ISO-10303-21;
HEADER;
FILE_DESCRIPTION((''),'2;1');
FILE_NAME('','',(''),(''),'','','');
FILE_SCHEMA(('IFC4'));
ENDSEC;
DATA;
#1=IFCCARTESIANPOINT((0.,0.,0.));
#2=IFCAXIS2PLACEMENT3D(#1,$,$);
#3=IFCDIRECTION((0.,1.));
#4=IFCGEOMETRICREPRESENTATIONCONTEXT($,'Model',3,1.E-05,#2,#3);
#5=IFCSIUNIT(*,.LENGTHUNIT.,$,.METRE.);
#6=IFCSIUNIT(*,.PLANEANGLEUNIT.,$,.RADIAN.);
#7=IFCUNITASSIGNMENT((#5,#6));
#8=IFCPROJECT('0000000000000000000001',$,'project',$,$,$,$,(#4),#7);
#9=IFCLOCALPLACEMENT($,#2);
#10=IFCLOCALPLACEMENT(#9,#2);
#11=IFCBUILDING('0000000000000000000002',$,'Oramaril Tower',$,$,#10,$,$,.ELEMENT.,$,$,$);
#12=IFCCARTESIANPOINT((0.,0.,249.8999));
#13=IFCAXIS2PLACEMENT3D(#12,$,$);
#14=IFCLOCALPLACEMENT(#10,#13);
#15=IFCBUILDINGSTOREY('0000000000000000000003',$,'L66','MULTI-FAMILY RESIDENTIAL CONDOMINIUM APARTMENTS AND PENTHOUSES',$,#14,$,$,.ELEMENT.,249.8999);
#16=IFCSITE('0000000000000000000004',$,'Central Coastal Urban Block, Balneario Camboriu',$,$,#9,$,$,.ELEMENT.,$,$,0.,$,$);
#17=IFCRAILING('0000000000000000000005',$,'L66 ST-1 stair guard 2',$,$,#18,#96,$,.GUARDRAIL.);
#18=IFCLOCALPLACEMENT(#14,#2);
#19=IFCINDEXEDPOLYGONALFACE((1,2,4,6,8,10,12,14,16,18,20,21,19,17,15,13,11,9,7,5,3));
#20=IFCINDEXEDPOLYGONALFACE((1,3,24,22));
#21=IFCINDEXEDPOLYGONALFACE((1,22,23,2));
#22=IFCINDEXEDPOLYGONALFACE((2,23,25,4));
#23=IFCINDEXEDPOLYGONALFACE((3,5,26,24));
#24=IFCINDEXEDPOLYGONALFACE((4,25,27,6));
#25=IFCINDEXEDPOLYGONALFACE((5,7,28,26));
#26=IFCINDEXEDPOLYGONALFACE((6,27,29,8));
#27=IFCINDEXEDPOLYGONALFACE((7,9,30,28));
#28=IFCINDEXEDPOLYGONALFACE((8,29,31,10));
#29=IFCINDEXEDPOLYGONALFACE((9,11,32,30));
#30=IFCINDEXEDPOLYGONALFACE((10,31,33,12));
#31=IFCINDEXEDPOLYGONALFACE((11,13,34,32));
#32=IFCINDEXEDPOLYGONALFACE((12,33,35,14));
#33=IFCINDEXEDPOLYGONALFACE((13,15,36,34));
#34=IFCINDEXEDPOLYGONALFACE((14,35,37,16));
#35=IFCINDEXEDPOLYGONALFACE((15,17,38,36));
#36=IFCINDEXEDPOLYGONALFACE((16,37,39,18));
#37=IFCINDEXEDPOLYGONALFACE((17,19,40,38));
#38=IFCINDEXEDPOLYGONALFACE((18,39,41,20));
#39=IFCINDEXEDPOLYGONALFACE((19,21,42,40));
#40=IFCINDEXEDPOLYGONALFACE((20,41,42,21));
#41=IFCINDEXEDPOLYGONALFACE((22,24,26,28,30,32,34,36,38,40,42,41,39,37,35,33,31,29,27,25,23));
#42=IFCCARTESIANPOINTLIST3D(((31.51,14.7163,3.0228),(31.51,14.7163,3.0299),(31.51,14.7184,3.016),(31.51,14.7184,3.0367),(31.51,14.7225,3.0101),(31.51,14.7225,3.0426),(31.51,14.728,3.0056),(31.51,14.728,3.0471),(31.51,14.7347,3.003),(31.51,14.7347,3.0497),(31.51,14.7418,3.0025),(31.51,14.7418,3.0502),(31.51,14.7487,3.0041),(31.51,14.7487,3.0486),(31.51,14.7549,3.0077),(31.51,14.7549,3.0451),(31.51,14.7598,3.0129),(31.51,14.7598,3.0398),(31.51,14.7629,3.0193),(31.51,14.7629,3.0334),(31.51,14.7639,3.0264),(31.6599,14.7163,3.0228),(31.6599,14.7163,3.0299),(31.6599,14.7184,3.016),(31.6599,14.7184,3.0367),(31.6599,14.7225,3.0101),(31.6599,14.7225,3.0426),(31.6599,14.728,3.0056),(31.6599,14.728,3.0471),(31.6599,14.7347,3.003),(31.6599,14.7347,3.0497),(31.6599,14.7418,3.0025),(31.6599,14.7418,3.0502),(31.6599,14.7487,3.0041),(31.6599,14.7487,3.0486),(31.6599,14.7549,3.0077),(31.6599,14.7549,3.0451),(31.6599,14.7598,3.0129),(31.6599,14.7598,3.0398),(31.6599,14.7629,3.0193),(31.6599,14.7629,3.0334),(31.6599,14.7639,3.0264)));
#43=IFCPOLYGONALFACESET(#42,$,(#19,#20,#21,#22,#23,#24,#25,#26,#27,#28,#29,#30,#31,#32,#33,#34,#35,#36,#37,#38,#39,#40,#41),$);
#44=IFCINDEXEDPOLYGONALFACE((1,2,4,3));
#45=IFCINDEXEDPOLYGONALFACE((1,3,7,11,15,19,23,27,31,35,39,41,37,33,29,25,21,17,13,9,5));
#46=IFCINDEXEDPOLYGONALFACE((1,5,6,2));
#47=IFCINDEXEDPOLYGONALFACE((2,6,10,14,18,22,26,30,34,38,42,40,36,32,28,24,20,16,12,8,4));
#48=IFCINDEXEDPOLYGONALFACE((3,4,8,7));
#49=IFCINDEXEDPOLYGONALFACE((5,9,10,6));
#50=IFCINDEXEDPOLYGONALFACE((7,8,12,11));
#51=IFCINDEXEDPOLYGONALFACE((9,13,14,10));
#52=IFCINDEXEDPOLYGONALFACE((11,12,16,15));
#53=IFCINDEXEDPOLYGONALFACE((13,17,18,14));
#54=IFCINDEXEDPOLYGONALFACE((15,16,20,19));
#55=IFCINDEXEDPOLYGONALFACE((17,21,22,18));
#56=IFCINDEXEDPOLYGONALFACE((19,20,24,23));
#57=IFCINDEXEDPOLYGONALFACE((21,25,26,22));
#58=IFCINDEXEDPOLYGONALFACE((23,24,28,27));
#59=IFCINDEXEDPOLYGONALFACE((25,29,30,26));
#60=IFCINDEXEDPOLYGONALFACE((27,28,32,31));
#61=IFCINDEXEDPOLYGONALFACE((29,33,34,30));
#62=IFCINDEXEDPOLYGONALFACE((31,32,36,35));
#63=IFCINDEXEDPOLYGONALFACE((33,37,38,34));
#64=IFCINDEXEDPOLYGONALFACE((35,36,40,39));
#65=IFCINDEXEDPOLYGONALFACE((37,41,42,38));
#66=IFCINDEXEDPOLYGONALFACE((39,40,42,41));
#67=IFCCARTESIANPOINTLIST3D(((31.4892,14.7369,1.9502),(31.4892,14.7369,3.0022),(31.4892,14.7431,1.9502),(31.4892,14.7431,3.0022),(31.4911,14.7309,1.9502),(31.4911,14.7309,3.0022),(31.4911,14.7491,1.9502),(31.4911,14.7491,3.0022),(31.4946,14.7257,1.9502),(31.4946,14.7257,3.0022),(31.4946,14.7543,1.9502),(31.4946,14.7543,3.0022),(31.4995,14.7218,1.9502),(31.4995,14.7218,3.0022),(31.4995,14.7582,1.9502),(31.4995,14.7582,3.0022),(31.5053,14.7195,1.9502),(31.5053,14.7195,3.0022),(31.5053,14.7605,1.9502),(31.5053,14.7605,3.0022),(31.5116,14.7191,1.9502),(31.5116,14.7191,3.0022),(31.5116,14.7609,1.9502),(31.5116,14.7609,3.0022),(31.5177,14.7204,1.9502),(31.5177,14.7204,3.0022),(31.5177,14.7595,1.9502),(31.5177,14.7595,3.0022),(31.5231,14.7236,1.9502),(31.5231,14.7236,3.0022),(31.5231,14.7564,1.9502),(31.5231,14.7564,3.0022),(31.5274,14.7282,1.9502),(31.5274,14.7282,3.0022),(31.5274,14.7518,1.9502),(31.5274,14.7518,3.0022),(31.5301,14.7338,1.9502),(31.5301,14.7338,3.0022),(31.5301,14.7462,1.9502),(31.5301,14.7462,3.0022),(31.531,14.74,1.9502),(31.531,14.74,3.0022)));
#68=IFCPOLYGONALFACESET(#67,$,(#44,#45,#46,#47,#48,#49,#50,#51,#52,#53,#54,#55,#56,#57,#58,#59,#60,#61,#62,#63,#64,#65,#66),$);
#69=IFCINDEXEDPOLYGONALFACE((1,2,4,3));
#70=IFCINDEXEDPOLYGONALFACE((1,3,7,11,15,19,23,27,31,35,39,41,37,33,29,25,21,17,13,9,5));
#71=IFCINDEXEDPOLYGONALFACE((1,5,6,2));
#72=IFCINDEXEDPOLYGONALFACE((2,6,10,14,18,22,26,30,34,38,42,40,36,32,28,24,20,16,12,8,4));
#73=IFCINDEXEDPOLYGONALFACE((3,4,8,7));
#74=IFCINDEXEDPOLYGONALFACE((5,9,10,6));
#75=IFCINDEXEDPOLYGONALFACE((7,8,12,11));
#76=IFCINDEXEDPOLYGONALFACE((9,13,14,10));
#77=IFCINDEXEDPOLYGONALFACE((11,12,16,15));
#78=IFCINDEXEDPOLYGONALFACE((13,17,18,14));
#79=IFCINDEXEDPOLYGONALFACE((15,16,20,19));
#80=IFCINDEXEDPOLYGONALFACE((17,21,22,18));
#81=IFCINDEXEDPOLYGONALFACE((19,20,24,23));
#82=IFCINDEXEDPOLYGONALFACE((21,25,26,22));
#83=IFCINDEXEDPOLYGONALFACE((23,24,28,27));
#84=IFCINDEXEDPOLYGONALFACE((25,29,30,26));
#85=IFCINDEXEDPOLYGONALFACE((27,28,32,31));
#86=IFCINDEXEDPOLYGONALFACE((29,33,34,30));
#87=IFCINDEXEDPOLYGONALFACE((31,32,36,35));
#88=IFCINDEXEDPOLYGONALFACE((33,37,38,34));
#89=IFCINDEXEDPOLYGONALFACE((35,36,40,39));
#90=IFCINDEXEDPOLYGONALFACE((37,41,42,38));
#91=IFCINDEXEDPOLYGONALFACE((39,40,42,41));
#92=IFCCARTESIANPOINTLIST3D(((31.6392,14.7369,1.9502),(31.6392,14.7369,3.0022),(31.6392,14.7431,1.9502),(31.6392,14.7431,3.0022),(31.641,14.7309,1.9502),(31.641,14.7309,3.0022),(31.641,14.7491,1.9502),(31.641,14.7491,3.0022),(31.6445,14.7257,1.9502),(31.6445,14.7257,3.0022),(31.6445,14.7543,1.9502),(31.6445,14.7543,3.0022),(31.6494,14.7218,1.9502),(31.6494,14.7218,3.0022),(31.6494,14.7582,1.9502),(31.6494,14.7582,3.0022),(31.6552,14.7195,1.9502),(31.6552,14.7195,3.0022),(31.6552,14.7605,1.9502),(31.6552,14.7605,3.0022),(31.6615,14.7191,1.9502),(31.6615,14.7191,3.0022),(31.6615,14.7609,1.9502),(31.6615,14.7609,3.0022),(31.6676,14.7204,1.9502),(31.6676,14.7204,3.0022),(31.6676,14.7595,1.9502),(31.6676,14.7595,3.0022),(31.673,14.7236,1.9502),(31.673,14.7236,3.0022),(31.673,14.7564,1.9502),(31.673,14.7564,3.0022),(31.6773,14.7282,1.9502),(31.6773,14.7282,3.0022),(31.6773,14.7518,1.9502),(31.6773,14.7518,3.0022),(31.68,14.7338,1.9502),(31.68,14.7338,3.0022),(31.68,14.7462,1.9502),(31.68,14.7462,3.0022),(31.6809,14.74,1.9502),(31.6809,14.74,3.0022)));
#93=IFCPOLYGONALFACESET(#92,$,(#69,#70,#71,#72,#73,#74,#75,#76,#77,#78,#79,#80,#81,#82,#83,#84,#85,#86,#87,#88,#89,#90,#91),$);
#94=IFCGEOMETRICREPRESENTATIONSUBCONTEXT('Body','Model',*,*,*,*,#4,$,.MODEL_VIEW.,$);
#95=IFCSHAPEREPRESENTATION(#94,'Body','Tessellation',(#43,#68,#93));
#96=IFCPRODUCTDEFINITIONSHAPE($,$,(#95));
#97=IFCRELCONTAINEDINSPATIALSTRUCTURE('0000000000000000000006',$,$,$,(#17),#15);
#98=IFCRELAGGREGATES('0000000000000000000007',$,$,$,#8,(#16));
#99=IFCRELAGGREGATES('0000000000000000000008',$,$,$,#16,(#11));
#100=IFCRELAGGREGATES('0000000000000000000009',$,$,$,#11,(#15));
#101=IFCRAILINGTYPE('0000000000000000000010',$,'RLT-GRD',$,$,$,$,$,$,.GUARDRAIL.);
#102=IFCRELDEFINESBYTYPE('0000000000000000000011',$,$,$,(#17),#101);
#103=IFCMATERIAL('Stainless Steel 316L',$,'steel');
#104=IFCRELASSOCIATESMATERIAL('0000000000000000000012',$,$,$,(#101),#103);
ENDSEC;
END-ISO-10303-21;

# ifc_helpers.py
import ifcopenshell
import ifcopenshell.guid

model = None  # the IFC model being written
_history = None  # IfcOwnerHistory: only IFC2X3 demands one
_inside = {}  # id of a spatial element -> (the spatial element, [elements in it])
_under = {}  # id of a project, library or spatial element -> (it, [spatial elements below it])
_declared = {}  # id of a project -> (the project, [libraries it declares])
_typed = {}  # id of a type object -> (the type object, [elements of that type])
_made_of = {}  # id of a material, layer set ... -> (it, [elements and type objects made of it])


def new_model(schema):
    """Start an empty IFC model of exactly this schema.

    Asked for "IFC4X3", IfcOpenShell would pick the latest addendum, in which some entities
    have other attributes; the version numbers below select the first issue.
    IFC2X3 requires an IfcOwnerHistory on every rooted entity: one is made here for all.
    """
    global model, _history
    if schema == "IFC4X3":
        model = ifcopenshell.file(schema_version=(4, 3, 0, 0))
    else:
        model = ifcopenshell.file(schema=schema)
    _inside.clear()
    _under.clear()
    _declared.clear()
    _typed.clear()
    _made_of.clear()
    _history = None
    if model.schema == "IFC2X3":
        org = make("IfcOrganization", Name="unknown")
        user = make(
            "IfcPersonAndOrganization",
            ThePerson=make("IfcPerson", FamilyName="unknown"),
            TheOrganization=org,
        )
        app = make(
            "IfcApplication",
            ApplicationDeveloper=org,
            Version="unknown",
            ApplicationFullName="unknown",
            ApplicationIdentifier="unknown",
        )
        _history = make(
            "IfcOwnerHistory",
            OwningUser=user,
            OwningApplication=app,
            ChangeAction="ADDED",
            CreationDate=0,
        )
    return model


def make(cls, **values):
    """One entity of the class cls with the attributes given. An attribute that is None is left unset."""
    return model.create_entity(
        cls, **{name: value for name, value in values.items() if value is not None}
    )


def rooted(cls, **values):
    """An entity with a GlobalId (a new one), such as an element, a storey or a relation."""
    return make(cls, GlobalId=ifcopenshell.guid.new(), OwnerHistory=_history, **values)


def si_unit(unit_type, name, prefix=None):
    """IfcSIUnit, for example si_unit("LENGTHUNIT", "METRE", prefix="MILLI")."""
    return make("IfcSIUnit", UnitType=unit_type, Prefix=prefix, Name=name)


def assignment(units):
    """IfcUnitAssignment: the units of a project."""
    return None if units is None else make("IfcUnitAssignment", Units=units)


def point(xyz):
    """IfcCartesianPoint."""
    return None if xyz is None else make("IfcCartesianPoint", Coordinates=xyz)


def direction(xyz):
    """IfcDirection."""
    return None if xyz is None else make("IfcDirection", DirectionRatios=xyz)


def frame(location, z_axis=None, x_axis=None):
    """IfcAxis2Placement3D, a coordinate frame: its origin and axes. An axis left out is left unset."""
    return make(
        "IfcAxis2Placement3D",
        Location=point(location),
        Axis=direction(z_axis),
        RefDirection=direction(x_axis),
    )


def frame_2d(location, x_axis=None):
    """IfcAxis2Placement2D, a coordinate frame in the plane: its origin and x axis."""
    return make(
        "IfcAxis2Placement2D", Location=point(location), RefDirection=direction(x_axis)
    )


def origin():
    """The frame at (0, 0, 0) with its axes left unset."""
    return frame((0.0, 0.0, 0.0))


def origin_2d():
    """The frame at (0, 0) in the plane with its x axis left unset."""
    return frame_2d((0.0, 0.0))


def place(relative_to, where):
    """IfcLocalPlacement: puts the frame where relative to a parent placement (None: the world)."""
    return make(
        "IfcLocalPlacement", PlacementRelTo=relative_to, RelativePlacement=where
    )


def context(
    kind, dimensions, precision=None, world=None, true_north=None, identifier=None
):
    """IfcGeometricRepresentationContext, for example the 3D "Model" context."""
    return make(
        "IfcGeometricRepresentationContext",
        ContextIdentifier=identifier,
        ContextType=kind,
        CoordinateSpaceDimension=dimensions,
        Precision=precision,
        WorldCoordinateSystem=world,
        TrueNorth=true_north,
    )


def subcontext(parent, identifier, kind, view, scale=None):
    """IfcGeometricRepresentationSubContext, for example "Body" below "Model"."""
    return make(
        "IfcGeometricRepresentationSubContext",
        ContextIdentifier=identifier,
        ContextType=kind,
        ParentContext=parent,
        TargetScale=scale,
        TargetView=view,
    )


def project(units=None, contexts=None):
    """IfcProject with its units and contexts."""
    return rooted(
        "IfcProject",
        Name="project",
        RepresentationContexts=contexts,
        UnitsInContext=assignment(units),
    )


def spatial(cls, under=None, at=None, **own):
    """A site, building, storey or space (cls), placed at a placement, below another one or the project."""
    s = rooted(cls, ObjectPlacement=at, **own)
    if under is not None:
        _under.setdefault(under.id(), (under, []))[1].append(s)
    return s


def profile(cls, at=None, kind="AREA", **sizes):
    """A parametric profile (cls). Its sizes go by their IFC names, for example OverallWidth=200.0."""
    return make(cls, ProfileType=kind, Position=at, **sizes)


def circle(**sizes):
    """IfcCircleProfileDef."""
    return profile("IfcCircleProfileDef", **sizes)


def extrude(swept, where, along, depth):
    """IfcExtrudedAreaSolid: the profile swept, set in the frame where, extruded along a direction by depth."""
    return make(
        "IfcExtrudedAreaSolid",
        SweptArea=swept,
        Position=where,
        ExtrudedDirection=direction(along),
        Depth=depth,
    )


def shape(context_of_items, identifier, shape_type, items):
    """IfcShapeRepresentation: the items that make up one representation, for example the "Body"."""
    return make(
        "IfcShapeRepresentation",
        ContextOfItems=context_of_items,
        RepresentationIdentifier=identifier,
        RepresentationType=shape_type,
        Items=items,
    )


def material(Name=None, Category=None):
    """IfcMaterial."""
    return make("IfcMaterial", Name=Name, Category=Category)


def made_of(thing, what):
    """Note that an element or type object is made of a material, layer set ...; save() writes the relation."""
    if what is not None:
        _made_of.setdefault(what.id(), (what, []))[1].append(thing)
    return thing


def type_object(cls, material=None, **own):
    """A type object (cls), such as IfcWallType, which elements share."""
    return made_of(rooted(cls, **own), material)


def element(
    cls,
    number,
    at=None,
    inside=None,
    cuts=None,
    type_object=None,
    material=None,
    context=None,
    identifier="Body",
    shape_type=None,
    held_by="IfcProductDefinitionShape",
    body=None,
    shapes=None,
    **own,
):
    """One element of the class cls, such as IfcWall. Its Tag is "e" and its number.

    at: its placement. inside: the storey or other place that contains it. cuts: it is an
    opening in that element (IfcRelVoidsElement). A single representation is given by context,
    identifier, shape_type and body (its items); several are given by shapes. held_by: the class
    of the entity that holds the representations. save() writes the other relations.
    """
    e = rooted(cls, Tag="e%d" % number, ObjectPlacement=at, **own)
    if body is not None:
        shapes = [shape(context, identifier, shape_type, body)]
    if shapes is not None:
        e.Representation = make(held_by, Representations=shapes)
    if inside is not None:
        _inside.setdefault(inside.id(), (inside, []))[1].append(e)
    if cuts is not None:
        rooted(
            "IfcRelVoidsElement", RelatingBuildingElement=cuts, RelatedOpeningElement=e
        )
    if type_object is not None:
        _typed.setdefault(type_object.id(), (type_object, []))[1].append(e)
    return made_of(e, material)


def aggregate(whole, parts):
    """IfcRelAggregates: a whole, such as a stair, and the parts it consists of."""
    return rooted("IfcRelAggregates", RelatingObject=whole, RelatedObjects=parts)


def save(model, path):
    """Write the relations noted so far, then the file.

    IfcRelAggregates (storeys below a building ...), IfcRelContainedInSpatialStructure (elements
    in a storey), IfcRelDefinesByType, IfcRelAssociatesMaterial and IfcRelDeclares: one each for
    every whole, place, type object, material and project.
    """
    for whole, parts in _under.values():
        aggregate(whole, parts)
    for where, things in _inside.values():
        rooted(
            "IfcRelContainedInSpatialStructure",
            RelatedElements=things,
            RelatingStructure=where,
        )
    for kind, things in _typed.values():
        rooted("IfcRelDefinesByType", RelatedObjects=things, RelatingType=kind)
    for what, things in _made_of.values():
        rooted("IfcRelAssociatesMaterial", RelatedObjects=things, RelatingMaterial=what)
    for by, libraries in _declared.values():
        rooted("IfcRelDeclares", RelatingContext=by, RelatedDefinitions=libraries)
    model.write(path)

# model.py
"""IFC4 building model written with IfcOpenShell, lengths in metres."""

from ifc_helpers import new_model, si_unit, direction, frame, origin, origin_2d, place, context, subcontext, project, spatial, circle, extrude, material, type_object, element, save


model = new_model("IFC4")

# Units and contexts
model_context = context("Model", 3, precision=1e-05, world=origin(), true_north=direction((0.0, 1.0)))
body_context = subcontext(model_context, "Body", "Model", "MODEL_VIEW")
ifc_project = project(units=[si_unit("LENGTHUNIT", "METRE"), si_unit("PLANEANGLEUNIT", "RADIAN")], contexts=[model_context])

# Site, building, storey
site_placement = place(None, origin())
site = spatial("IfcSite", under=ifc_project, at=site_placement, Name="Central Coastal Urban Block, Balneario Camboriu", CompositionType="ELEMENT", RefElevation=0.0)
building_placement = place(site_placement, origin())
building = spatial("IfcBuilding", under=site, at=building_placement, Name="Oramaril Tower", CompositionType="ELEMENT")
storey_placement = place(building_placement, frame((0.0, 0.0, 249.8999)))
storey = spatial("IfcBuildingStorey", under=building, at=storey_placement, Name="L66", Description="MULTI-FAMILY RESIDENTIAL CONDOMINIUM APARTMENTS AND PENTHOUSES", CompositionType="ELEMENT", Elevation=249.8999)

# Railing
ifc_material_1 = material(Name="Stainless Steel 316L", Category="steel")
railing_type_1 = type_object("IfcRailingType", Name="RLT-GRD", PredefinedType="GUARDRAIL", material=ifc_material_1)
railing_1_placement = place(storey_placement, frame((31.51, 14.74, 1.9502)))
element("IfcRailing", 1, at=railing_1_placement, inside=storey, type_object=railing_type_1, Name="L66 ST-1 stair guard 2", PredefinedType="GUARDRAIL", context=body_context, shape_type="SweptSolid", body=[
    extrude(circle(Radius=0.0239, at=origin_2d()), frame((0.0, 0.0, 1.0762), z_axis=(1.0, 0.0, 0.0), x_axis=(0.0, 1.0, 0.0)), (0.0, 0.0, 1.0), 0.1499),
    extrude(circle(Radius=0.021, at=origin_2d()), origin(), (0.0, 0.0, 1.0), 1.052),
    extrude(circle(Radius=0.021, at=origin_2d()), frame((0.1499, 0.0, 0.0)), (0.0, 0.0, 1.0), 1.052),
])

save(model, "model.ifc")
